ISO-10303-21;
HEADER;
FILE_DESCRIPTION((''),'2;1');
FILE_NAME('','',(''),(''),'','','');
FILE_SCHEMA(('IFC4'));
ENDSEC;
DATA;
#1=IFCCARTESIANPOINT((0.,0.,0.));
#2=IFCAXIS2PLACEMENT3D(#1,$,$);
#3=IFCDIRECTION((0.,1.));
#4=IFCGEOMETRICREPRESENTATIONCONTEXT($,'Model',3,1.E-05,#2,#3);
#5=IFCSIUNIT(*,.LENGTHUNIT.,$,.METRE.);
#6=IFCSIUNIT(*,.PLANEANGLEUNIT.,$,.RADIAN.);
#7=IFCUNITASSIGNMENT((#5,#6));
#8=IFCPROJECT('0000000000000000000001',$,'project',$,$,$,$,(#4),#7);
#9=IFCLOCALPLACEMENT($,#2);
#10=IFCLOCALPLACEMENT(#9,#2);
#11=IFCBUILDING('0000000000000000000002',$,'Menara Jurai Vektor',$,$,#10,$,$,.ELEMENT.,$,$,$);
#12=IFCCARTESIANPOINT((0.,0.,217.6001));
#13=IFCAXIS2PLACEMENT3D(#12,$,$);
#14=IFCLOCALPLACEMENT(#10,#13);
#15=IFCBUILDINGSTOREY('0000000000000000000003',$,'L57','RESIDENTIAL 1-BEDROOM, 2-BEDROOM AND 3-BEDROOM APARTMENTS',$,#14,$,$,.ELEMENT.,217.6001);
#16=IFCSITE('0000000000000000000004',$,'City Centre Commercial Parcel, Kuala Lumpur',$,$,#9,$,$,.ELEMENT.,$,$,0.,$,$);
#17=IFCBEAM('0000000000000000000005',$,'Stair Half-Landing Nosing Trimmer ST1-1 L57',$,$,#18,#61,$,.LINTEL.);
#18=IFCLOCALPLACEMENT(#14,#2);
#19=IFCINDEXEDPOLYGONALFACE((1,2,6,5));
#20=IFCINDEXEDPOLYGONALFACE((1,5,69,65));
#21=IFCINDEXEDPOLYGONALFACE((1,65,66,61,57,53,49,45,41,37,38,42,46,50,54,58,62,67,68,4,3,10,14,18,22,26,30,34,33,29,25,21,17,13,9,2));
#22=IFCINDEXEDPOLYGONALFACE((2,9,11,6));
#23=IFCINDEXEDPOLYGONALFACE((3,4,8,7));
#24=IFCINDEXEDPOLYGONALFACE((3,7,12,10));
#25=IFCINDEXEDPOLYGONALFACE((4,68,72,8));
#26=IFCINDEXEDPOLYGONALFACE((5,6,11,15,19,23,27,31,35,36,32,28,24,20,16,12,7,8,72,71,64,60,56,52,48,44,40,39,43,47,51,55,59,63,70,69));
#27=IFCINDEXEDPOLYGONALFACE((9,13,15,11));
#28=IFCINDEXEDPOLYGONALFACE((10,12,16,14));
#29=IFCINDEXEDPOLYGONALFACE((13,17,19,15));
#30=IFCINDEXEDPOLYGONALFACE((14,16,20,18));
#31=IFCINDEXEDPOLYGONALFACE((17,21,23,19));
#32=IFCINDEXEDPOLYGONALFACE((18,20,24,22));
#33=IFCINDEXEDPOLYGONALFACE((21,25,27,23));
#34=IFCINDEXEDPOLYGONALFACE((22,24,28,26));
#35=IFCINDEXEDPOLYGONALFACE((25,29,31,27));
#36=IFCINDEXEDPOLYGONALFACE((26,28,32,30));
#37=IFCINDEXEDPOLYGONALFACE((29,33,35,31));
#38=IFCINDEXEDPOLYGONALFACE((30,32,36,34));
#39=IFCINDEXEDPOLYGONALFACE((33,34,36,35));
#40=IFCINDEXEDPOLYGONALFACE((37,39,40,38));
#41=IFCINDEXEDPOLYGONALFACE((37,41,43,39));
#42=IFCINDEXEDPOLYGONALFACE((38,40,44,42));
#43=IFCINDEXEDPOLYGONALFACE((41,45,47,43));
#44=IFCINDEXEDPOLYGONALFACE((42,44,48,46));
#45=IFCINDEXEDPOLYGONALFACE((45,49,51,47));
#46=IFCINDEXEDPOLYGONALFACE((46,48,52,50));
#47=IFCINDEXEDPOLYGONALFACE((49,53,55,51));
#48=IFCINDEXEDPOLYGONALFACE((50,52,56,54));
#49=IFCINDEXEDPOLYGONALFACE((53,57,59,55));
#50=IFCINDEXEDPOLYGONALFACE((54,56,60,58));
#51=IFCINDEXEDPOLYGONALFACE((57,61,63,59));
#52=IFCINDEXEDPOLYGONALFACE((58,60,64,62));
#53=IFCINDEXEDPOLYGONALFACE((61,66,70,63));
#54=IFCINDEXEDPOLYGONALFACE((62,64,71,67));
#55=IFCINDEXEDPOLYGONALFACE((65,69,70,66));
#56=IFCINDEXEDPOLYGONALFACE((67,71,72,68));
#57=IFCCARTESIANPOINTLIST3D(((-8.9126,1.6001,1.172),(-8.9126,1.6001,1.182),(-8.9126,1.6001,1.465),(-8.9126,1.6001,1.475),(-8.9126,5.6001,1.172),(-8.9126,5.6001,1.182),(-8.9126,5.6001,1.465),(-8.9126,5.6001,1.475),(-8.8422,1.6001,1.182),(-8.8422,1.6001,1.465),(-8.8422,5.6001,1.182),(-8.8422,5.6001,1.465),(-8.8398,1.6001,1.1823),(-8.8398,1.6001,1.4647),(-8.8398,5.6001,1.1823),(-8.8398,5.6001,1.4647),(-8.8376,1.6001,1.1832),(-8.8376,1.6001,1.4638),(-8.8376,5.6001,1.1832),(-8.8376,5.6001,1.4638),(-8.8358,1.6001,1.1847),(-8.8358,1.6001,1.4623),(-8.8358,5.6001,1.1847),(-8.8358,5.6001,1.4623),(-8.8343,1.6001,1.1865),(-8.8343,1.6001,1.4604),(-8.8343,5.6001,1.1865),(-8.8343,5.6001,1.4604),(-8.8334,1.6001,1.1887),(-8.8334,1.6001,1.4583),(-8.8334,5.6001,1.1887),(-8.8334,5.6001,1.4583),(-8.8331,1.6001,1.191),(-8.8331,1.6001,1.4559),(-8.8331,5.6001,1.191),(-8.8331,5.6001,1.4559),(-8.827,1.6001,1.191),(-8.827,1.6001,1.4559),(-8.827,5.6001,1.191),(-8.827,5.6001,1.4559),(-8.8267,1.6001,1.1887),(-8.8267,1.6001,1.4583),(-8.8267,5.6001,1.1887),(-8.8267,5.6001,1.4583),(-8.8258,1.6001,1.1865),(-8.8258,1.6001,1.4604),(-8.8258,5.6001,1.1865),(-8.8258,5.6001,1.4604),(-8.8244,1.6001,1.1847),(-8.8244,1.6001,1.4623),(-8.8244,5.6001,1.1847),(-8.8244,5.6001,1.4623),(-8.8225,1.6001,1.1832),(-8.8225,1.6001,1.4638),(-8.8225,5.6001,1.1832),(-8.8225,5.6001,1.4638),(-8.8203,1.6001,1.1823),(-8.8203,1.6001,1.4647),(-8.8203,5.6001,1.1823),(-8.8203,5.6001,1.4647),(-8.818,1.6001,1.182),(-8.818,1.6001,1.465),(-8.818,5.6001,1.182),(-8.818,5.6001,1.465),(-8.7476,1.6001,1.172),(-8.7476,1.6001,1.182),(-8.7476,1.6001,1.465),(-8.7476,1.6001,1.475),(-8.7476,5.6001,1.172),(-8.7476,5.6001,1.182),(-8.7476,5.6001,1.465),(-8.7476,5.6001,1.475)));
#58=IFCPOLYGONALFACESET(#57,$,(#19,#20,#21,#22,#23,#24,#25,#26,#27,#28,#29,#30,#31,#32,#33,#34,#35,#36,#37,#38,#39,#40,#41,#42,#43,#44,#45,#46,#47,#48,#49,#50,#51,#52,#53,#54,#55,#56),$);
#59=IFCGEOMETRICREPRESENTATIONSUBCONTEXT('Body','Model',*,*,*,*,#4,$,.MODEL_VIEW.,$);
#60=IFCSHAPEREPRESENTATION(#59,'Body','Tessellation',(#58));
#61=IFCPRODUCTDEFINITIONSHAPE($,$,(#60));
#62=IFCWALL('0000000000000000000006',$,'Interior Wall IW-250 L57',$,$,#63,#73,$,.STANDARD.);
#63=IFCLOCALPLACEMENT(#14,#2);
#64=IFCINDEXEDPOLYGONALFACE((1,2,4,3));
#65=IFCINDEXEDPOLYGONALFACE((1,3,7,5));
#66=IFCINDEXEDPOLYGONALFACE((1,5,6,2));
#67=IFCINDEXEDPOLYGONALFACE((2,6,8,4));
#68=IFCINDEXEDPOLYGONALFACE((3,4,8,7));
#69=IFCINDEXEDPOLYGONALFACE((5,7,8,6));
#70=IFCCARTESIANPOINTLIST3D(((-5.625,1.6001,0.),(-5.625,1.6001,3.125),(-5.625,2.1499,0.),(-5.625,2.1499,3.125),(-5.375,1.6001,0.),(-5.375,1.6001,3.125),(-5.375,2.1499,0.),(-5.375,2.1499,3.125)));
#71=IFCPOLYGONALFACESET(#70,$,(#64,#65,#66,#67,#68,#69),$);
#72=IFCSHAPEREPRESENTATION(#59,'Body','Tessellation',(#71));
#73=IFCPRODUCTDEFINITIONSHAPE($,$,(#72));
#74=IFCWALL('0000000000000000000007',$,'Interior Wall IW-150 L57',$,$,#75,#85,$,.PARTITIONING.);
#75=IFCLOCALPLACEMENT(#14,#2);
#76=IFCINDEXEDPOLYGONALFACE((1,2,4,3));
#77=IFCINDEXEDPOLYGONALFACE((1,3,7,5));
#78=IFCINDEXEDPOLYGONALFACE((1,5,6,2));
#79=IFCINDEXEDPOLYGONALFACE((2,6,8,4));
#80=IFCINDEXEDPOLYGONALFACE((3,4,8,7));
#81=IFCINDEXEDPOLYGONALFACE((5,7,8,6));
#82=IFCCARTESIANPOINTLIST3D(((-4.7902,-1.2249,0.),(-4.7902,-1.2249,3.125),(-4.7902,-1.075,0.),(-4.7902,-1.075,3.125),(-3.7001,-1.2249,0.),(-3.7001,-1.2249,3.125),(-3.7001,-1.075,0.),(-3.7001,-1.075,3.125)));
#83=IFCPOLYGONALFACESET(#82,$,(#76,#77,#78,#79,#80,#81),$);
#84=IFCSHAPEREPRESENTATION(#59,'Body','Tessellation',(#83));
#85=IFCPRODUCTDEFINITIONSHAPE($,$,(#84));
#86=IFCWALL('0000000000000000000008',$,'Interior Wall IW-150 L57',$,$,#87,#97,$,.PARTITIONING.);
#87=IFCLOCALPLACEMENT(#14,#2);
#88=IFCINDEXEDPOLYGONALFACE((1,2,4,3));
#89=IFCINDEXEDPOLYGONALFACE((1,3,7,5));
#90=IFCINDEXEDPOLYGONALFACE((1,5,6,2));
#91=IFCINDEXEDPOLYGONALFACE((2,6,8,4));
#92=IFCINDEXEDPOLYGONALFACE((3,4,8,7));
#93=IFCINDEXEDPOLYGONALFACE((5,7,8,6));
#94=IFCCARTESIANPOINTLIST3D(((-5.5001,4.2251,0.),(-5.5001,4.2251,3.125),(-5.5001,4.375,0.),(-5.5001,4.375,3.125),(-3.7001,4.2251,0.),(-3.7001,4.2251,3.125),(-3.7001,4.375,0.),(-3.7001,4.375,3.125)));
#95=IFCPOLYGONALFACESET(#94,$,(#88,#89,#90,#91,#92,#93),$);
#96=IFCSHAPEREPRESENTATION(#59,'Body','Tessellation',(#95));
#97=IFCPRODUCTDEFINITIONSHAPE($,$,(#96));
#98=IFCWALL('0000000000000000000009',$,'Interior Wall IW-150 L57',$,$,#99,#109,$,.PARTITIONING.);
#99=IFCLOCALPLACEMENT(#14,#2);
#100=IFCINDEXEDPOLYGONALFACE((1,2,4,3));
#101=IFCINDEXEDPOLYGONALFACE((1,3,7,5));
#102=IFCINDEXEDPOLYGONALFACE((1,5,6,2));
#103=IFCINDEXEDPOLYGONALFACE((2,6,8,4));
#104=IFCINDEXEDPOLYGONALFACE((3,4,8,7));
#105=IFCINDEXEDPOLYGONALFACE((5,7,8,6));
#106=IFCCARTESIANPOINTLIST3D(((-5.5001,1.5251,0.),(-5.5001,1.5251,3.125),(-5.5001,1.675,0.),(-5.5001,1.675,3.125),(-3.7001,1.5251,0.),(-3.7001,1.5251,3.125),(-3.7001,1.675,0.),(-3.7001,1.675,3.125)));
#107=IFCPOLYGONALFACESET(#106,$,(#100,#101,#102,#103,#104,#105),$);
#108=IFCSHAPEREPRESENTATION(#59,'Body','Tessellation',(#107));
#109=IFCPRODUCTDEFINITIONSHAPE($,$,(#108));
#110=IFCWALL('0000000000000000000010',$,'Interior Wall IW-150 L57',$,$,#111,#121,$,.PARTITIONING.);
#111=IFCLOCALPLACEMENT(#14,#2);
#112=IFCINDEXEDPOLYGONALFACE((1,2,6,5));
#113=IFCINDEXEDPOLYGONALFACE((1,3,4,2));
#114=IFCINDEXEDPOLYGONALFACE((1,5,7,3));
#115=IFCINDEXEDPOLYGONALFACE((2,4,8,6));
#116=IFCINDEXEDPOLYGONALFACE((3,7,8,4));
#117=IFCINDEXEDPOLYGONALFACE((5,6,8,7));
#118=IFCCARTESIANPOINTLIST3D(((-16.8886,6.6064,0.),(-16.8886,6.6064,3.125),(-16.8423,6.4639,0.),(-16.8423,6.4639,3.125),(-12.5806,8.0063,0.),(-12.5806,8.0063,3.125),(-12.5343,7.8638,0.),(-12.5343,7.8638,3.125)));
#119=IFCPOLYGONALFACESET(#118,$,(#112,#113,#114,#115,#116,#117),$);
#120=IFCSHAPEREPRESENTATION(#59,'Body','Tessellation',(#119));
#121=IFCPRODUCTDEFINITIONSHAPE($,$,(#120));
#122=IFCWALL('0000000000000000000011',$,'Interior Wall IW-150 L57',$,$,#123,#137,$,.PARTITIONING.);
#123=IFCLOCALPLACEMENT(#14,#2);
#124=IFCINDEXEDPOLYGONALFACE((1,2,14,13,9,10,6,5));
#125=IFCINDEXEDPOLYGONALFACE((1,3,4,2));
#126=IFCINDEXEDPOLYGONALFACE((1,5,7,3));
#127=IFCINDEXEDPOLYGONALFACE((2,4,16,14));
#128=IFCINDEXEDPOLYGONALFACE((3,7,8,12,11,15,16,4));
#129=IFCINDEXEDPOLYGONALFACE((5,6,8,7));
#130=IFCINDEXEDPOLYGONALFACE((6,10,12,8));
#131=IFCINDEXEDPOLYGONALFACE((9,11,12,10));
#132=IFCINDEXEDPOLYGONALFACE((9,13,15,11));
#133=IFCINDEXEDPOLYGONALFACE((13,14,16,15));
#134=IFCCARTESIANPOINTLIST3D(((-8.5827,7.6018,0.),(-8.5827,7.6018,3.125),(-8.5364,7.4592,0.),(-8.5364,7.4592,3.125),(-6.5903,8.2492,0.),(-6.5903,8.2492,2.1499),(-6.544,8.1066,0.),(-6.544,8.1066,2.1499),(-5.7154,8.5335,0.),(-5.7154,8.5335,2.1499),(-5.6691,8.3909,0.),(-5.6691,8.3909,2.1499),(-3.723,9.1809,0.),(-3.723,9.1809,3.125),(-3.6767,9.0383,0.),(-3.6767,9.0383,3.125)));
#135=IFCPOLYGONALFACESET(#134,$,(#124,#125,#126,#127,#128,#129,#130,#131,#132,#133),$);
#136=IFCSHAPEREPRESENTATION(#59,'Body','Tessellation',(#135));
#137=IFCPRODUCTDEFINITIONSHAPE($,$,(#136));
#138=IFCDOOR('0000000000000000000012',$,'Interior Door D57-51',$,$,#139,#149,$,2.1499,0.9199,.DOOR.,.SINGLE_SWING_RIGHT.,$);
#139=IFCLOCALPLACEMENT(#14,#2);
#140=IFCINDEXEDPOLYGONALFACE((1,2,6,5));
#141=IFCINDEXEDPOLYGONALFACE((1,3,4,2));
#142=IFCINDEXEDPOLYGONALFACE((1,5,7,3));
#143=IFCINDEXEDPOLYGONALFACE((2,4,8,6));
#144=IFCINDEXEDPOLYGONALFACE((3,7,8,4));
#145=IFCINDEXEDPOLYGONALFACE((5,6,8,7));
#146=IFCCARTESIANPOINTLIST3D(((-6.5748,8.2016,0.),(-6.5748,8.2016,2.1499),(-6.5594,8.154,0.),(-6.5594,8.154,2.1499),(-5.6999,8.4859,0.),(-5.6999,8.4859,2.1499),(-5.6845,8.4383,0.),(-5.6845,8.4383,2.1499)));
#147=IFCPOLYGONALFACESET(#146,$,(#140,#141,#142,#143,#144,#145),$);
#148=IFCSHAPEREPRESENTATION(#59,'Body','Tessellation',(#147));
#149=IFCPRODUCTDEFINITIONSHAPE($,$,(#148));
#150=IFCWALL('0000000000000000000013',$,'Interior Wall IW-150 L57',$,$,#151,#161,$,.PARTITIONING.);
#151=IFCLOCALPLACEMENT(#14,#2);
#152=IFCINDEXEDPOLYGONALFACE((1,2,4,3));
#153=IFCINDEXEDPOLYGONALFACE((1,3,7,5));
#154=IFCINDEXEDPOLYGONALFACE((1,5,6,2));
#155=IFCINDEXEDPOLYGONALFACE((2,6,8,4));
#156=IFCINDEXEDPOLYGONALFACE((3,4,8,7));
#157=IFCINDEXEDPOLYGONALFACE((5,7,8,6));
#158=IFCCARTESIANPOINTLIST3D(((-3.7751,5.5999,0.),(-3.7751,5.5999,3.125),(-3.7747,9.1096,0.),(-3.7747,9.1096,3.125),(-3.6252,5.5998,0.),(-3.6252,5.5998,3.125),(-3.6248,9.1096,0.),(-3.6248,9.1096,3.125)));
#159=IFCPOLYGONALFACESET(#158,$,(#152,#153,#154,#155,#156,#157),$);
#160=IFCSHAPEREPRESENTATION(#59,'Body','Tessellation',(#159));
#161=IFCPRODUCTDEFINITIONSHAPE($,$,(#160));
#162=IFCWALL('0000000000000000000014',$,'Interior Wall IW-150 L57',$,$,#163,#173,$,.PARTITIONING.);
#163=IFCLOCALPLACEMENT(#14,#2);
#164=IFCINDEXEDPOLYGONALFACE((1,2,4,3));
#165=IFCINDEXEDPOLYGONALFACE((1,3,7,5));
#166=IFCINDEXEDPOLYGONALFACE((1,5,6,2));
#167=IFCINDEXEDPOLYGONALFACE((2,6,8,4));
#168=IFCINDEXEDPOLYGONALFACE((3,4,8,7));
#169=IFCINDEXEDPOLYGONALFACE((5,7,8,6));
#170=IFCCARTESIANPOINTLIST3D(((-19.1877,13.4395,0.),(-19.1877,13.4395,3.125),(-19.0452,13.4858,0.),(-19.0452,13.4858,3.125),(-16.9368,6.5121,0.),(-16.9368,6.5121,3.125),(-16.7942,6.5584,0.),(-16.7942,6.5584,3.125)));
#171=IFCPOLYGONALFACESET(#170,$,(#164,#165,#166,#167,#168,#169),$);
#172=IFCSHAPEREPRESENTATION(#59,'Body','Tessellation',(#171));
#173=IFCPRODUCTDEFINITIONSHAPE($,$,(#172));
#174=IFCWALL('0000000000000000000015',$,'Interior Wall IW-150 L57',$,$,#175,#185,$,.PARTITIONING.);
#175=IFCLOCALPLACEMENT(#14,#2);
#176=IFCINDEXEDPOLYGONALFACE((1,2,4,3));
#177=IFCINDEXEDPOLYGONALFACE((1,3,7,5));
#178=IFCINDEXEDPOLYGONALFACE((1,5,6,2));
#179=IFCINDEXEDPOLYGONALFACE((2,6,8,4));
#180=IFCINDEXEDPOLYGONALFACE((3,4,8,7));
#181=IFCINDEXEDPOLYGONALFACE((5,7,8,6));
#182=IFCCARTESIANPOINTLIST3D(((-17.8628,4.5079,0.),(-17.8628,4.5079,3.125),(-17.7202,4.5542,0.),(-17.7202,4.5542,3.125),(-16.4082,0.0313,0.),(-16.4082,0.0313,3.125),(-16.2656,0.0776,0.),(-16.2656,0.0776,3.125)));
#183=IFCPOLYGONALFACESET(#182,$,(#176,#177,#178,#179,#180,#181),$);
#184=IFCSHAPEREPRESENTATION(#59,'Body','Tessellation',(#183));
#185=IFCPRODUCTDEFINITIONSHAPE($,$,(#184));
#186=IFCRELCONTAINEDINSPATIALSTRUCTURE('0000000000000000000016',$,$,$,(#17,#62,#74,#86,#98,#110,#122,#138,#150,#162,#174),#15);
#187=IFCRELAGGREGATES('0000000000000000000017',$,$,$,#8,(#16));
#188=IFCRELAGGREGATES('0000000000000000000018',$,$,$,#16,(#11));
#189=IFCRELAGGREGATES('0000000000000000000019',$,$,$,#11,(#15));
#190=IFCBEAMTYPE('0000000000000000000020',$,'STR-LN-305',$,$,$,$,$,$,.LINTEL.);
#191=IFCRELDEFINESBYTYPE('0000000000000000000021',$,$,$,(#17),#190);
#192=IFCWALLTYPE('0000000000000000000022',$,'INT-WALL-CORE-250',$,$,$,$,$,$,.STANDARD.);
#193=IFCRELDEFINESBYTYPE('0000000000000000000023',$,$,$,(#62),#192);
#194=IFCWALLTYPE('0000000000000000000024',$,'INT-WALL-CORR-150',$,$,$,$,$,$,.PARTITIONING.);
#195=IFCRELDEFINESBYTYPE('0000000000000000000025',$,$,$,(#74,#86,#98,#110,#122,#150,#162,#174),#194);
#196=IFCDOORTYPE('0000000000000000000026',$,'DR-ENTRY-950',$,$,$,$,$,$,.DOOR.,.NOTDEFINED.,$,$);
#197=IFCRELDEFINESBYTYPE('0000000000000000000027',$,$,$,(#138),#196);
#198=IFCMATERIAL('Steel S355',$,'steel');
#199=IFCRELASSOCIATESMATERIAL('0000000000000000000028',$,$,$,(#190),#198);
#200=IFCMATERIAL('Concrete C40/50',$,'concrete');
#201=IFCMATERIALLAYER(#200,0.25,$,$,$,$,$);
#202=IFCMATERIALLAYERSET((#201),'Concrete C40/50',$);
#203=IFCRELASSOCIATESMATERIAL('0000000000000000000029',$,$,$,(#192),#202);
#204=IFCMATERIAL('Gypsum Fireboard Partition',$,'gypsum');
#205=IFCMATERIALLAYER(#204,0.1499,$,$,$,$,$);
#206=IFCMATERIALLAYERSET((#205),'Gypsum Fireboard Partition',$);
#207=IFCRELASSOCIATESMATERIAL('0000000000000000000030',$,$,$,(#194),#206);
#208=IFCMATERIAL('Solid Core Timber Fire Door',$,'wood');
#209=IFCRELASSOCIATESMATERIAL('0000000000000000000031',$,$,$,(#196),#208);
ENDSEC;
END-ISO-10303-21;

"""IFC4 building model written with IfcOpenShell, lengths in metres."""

from ifc_helpers import new_model, si_unit, direction, frame, frame_2d, origin, origin_2d, place, context, subcontext, project, spatial, rectangle, i_section, extrude, material, layer, layer_set, material_profile, profile_set, type_object, element, fill, save


model = new_model("IFC4")

# Units and contexts
model_context = context("Model", 3, precision=1e-05, world=origin(), true_north=direction((0.0, 1.0)))
body_context = subcontext(model_context, "Body", "Model", "MODEL_VIEW")
ifc_project = project(units=[si_unit("LENGTHUNIT", "METRE"), si_unit("PLANEANGLEUNIT", "RADIAN")], contexts=[model_context])

# Site, building, storey
site_placement = place(None, origin())
site = spatial("IfcSite", under=ifc_project, at=site_placement, Name="City Centre Commercial Parcel, Kuala Lumpur", CompositionType="ELEMENT", RefElevation=0.0)
building_placement = place(site_placement, origin())
building = spatial("IfcBuilding", under=site, at=building_placement, Name="Menara Jurai Vektor", CompositionType="ELEMENT")
storey_placement = place(building_placement, frame((0.0, 0.0, 217.6001)))
storey = spatial("IfcBuildingStorey", under=building, at=storey_placement, Name="L57", Description="RESIDENTIAL 1-BEDROOM, 2-BEDROOM AND 3-BEDROOM APARTMENTS", CompositionType="ELEMENT", Elevation=217.6001)

# Shared definitions
ifc_material_1 = material(Name="Steel S355", Category="steel")

# Beam
ifc_material_profile_1 = material_profile(ifc_material_1, i_section(OverallWidth=0.165, OverallDepth=0.303, WebThickness=0.0061, FlangeThickness=0.01, FilletRadius=0.009, at=origin_2d()), Name="UKB 305x165x40")
ifc_profile_set_1 = profile_set([ifc_material_profile_1], Name="Steel S355")
beam_type_1 = type_object("IfcBeamType", Name="STR-LN-305", PredefinedType="LINTEL", material=ifc_profile_set_1)
beam_1_placement = place(storey_placement, frame((-8.8301, 1.6001, 1.3235), z_axis=(0.0, 1.0, 0.0), x_axis=(-1.0, 0.0, 0.0)))
element("IfcBeam", 1, at=beam_1_placement, inside=storey, type_object=beam_type_1, Name="Stair Half-Landing Nosing Trimmer ST1-1 L57", PredefinedType="LINTEL", context=body_context, shape_type="SweptSolid", body=[
    extrude(i_section(OverallWidth=0.165, OverallDepth=0.303, WebThickness=0.0061, FlangeThickness=0.01, FilletRadius=0.009, at=origin_2d()), origin(), (0.0, 0.0, 1.0), 4.0),
])

# Shared definitions
ifc_material_2 = material(Name="Concrete C40/50", Category="concrete")
ifc_layer_1 = layer(ifc_material_2, 0.25)
ifc_layer_set_1 = layer_set([ifc_layer_1], Name="Concrete C40/50")
wall_type_1 = type_object("IfcWallType", Name="INT-WALL-CORE-250", PredefinedType="STANDARD", material=ifc_layer_set_1)

# Walls
wall_1_placement = place(storey_placement, frame((-5.5, 1.6001, 0.0), z_axis=(0.0, 0.0, 1.0), x_axis=(0.0, 1.0, 0.0)))
element("IfcWall", 2, at=wall_1_placement, inside=storey, type_object=wall_type_1, Name="Interior Wall IW-250 L57", PredefinedType="STANDARD", context=body_context, shape_type="SweptSolid", body=[
    extrude(rectangle(XDim=0.5498, YDim=0.25, at=frame_2d((0.2749, 0.0))), origin(), (0.0, 0.0, 1.0), 3.125),
])
ifc_material_3 = material(Name="Gypsum Fireboard Partition", Category="gypsum")
ifc_layer_2 = layer(ifc_material_3, 0.1499)
ifc_layer_set_2 = layer_set([ifc_layer_2], Name="Gypsum Fireboard Partition")
wall_type_2 = type_object("IfcWallType", Name="INT-WALL-CORR-150", PredefinedType="PARTITIONING", material=ifc_layer_set_2)
wall_2_placement = place(storey_placement, frame((-4.79, -1.1499, 0.0), z_axis=(0.0, 0.0, 1.0), x_axis=(1.0, 0.0, 0.0)))
element("IfcWall", 3, at=wall_2_placement, inside=storey, type_object=wall_type_2, Name="Interior Wall IW-150 L57", PredefinedType="PARTITIONING", context=body_context, shape_type="SweptSolid", body=[
    extrude(rectangle(XDim=1.0901, YDim=0.1499, at=frame_2d((0.5449, 0.0))), origin(), (0.0, 0.0, 1.0), 3.125),
])
for number, where, z_axis, x_axis, name in (
    (4, (-5.5, 4.3, 0.0), (0.0, 0.0, 1.0), (1.0, 0.0, 0.0), "Interior Wall IW-150 L57"),
    (5, (-5.5, 1.6001, 0.0), (0.0, 0.0, 1.0), (1.0, 0.0, 0.0), "Interior Wall IW-150 L57"),
):
    element("IfcWall", number, at=place(storey_placement, frame(where, z_axis=z_axis, x_axis=x_axis)), inside=storey, type_object=wall_type_2, Name=name, PredefinedType="PARTITIONING", context=body_context, shape_type="SweptSolid", body=[
        extrude(rectangle(XDim=1.8, YDim=0.1499, at=frame_2d((0.8999, 0.0))), origin(), (0.0, 0.0, 1.0), 3.125),
    ])
wall_3_placement = place(storey_placement, frame((-16.8655, 6.5352, 0.0), z_axis=(0.0, 0.0, 1.0), x_axis=(0.951049, 0.30904, 0.0)))
element("IfcWall", 6, at=wall_3_placement, inside=storey, type_object=wall_type_2, Name="Interior Wall IW-150 L57", PredefinedType="PARTITIONING", context=body_context, shape_type="SweptSolid", body=[
    extrude(rectangle(XDim=4.5298, YDim=0.1499, at=frame_2d((2.2649, 0.0))), origin(), (0.0, 0.0, 1.0), 3.125),
])

# Wall, opening, door
wall_4_placement = place(storey_placement, frame((-8.5596, 7.5305, 0.0), z_axis=(0.0, 0.0, 1.0), x_axis=(0.951054, 0.309023, 0.0)))
wall_4 = element("IfcWall", 7, at=wall_4_placement, inside=storey, type_object=wall_type_2, Name="Interior Wall IW-150 L57", PredefinedType="PARTITIONING", context=body_context, shape_type="SweptSolid", body=[
    extrude(rectangle(XDim=5.1099, YDim=0.1499, at=frame_2d((2.5549, 0.0))), origin(), (0.0, 0.0, 1.0), 3.125),
])
opening_1_placement = place(wall_4_placement, frame((2.095, 0.0, 0.0)))
opening_1 = element("IfcOpeningElement", 8, at=opening_1_placement, cuts=wall_4, PredefinedType="OPENING", context=body_context, shape_type="SweptSolid", body=[
    extrude(rectangle(XDim=0.9199, YDim=2.1499, at=frame_2d((0.46, 1.075))), frame((0.0, 0.085, 0.0), z_axis=(0.0, -1.0, 0.0), x_axis=(1.0, 0.0, 0.0)), (0.0, 0.0, 1.0), 0.1699),
])
ifc_material_4 = material(Name="Solid Core Timber Fire Door", Category="wood")
door_type_1 = type_object("IfcDoorType", Name="DR-ENTRY-950", OperationType="NOTDEFINED", PredefinedType="DOOR", material=ifc_material_4)
door_1_placement = place(opening_1_placement, origin())
door_1 = element("IfcDoor", 9, at=door_1_placement, inside=storey, type_object=door_type_1, Name="Interior Door D57-51", OperationType="SINGLE_SWING_RIGHT", OverallHeight=2.1499, OverallWidth=0.9199, PredefinedType="DOOR", context=body_context, shape_type="SweptSolid", body=[
    extrude(rectangle(XDim=0.9199, YDim=2.1499, at=frame_2d((0.46, 1.075))), frame((0.0, 0.0249, 0.0), z_axis=(0.0, -1.0, 0.0), x_axis=(1.0, 0.0, 0.0)), (0.0, 0.0, 1.0), 0.05),
])
fill(opening_1, door_1)

# Walls
wall_5_placement = place(storey_placement, frame((-3.7002, 5.5999, 0.0), z_axis=(0.0, 0.0, 1.0), x_axis=(0.000139, 1.0, 0.0)))
element("IfcWall", 10, at=wall_5_placement, inside=storey, type_object=wall_type_2, Name="Interior Wall IW-150 L57", PredefinedType="PARTITIONING", context=body_context, shape_type="SweptSolid", body=[
    extrude(rectangle(XDim=3.5098, YDim=0.1499, at=frame_2d((1.7549, 0.0))), origin(), (0.0, 0.0, 1.0), 3.125),
])
wall_6_placement = place(storey_placement, frame((-16.8655, 6.5352, 0.0), z_axis=(0.0, 0.0, 1.0), x_axis=(-0.309029, 0.951053, 0.0)))
element("IfcWall", 11, at=wall_6_placement, inside=storey, type_object=wall_type_2, Name="Interior Wall IW-150 L57", PredefinedType="PARTITIONING", context=body_context, shape_type="SweptSolid", body=[
    extrude(rectangle(XDim=7.2839, YDim=0.1499, at=frame_2d((3.6421, 0.0))), origin(), (0.0, 0.0, 1.0), 3.125),
])
wall_7_placement = place(storey_placement, frame((-16.3369, 0.0544, 0.0), z_axis=(0.0, 0.0, 1.0), x_axis=(-0.30903, 0.951052, 0.0)))
element("IfcWall", 12, at=wall_7_placement, inside=storey, type_object=wall_type_2, Name="Interior Wall IW-150 L57", PredefinedType="PARTITIONING", context=body_context, shape_type="SweptSolid", body=[
    extrude(rectangle(XDim=4.707, YDim=0.1499, at=frame_2d((2.3535, 0.0))), origin(), (0.0, 0.0, 1.0), 3.125),
])

save(model, "model.ifc")
